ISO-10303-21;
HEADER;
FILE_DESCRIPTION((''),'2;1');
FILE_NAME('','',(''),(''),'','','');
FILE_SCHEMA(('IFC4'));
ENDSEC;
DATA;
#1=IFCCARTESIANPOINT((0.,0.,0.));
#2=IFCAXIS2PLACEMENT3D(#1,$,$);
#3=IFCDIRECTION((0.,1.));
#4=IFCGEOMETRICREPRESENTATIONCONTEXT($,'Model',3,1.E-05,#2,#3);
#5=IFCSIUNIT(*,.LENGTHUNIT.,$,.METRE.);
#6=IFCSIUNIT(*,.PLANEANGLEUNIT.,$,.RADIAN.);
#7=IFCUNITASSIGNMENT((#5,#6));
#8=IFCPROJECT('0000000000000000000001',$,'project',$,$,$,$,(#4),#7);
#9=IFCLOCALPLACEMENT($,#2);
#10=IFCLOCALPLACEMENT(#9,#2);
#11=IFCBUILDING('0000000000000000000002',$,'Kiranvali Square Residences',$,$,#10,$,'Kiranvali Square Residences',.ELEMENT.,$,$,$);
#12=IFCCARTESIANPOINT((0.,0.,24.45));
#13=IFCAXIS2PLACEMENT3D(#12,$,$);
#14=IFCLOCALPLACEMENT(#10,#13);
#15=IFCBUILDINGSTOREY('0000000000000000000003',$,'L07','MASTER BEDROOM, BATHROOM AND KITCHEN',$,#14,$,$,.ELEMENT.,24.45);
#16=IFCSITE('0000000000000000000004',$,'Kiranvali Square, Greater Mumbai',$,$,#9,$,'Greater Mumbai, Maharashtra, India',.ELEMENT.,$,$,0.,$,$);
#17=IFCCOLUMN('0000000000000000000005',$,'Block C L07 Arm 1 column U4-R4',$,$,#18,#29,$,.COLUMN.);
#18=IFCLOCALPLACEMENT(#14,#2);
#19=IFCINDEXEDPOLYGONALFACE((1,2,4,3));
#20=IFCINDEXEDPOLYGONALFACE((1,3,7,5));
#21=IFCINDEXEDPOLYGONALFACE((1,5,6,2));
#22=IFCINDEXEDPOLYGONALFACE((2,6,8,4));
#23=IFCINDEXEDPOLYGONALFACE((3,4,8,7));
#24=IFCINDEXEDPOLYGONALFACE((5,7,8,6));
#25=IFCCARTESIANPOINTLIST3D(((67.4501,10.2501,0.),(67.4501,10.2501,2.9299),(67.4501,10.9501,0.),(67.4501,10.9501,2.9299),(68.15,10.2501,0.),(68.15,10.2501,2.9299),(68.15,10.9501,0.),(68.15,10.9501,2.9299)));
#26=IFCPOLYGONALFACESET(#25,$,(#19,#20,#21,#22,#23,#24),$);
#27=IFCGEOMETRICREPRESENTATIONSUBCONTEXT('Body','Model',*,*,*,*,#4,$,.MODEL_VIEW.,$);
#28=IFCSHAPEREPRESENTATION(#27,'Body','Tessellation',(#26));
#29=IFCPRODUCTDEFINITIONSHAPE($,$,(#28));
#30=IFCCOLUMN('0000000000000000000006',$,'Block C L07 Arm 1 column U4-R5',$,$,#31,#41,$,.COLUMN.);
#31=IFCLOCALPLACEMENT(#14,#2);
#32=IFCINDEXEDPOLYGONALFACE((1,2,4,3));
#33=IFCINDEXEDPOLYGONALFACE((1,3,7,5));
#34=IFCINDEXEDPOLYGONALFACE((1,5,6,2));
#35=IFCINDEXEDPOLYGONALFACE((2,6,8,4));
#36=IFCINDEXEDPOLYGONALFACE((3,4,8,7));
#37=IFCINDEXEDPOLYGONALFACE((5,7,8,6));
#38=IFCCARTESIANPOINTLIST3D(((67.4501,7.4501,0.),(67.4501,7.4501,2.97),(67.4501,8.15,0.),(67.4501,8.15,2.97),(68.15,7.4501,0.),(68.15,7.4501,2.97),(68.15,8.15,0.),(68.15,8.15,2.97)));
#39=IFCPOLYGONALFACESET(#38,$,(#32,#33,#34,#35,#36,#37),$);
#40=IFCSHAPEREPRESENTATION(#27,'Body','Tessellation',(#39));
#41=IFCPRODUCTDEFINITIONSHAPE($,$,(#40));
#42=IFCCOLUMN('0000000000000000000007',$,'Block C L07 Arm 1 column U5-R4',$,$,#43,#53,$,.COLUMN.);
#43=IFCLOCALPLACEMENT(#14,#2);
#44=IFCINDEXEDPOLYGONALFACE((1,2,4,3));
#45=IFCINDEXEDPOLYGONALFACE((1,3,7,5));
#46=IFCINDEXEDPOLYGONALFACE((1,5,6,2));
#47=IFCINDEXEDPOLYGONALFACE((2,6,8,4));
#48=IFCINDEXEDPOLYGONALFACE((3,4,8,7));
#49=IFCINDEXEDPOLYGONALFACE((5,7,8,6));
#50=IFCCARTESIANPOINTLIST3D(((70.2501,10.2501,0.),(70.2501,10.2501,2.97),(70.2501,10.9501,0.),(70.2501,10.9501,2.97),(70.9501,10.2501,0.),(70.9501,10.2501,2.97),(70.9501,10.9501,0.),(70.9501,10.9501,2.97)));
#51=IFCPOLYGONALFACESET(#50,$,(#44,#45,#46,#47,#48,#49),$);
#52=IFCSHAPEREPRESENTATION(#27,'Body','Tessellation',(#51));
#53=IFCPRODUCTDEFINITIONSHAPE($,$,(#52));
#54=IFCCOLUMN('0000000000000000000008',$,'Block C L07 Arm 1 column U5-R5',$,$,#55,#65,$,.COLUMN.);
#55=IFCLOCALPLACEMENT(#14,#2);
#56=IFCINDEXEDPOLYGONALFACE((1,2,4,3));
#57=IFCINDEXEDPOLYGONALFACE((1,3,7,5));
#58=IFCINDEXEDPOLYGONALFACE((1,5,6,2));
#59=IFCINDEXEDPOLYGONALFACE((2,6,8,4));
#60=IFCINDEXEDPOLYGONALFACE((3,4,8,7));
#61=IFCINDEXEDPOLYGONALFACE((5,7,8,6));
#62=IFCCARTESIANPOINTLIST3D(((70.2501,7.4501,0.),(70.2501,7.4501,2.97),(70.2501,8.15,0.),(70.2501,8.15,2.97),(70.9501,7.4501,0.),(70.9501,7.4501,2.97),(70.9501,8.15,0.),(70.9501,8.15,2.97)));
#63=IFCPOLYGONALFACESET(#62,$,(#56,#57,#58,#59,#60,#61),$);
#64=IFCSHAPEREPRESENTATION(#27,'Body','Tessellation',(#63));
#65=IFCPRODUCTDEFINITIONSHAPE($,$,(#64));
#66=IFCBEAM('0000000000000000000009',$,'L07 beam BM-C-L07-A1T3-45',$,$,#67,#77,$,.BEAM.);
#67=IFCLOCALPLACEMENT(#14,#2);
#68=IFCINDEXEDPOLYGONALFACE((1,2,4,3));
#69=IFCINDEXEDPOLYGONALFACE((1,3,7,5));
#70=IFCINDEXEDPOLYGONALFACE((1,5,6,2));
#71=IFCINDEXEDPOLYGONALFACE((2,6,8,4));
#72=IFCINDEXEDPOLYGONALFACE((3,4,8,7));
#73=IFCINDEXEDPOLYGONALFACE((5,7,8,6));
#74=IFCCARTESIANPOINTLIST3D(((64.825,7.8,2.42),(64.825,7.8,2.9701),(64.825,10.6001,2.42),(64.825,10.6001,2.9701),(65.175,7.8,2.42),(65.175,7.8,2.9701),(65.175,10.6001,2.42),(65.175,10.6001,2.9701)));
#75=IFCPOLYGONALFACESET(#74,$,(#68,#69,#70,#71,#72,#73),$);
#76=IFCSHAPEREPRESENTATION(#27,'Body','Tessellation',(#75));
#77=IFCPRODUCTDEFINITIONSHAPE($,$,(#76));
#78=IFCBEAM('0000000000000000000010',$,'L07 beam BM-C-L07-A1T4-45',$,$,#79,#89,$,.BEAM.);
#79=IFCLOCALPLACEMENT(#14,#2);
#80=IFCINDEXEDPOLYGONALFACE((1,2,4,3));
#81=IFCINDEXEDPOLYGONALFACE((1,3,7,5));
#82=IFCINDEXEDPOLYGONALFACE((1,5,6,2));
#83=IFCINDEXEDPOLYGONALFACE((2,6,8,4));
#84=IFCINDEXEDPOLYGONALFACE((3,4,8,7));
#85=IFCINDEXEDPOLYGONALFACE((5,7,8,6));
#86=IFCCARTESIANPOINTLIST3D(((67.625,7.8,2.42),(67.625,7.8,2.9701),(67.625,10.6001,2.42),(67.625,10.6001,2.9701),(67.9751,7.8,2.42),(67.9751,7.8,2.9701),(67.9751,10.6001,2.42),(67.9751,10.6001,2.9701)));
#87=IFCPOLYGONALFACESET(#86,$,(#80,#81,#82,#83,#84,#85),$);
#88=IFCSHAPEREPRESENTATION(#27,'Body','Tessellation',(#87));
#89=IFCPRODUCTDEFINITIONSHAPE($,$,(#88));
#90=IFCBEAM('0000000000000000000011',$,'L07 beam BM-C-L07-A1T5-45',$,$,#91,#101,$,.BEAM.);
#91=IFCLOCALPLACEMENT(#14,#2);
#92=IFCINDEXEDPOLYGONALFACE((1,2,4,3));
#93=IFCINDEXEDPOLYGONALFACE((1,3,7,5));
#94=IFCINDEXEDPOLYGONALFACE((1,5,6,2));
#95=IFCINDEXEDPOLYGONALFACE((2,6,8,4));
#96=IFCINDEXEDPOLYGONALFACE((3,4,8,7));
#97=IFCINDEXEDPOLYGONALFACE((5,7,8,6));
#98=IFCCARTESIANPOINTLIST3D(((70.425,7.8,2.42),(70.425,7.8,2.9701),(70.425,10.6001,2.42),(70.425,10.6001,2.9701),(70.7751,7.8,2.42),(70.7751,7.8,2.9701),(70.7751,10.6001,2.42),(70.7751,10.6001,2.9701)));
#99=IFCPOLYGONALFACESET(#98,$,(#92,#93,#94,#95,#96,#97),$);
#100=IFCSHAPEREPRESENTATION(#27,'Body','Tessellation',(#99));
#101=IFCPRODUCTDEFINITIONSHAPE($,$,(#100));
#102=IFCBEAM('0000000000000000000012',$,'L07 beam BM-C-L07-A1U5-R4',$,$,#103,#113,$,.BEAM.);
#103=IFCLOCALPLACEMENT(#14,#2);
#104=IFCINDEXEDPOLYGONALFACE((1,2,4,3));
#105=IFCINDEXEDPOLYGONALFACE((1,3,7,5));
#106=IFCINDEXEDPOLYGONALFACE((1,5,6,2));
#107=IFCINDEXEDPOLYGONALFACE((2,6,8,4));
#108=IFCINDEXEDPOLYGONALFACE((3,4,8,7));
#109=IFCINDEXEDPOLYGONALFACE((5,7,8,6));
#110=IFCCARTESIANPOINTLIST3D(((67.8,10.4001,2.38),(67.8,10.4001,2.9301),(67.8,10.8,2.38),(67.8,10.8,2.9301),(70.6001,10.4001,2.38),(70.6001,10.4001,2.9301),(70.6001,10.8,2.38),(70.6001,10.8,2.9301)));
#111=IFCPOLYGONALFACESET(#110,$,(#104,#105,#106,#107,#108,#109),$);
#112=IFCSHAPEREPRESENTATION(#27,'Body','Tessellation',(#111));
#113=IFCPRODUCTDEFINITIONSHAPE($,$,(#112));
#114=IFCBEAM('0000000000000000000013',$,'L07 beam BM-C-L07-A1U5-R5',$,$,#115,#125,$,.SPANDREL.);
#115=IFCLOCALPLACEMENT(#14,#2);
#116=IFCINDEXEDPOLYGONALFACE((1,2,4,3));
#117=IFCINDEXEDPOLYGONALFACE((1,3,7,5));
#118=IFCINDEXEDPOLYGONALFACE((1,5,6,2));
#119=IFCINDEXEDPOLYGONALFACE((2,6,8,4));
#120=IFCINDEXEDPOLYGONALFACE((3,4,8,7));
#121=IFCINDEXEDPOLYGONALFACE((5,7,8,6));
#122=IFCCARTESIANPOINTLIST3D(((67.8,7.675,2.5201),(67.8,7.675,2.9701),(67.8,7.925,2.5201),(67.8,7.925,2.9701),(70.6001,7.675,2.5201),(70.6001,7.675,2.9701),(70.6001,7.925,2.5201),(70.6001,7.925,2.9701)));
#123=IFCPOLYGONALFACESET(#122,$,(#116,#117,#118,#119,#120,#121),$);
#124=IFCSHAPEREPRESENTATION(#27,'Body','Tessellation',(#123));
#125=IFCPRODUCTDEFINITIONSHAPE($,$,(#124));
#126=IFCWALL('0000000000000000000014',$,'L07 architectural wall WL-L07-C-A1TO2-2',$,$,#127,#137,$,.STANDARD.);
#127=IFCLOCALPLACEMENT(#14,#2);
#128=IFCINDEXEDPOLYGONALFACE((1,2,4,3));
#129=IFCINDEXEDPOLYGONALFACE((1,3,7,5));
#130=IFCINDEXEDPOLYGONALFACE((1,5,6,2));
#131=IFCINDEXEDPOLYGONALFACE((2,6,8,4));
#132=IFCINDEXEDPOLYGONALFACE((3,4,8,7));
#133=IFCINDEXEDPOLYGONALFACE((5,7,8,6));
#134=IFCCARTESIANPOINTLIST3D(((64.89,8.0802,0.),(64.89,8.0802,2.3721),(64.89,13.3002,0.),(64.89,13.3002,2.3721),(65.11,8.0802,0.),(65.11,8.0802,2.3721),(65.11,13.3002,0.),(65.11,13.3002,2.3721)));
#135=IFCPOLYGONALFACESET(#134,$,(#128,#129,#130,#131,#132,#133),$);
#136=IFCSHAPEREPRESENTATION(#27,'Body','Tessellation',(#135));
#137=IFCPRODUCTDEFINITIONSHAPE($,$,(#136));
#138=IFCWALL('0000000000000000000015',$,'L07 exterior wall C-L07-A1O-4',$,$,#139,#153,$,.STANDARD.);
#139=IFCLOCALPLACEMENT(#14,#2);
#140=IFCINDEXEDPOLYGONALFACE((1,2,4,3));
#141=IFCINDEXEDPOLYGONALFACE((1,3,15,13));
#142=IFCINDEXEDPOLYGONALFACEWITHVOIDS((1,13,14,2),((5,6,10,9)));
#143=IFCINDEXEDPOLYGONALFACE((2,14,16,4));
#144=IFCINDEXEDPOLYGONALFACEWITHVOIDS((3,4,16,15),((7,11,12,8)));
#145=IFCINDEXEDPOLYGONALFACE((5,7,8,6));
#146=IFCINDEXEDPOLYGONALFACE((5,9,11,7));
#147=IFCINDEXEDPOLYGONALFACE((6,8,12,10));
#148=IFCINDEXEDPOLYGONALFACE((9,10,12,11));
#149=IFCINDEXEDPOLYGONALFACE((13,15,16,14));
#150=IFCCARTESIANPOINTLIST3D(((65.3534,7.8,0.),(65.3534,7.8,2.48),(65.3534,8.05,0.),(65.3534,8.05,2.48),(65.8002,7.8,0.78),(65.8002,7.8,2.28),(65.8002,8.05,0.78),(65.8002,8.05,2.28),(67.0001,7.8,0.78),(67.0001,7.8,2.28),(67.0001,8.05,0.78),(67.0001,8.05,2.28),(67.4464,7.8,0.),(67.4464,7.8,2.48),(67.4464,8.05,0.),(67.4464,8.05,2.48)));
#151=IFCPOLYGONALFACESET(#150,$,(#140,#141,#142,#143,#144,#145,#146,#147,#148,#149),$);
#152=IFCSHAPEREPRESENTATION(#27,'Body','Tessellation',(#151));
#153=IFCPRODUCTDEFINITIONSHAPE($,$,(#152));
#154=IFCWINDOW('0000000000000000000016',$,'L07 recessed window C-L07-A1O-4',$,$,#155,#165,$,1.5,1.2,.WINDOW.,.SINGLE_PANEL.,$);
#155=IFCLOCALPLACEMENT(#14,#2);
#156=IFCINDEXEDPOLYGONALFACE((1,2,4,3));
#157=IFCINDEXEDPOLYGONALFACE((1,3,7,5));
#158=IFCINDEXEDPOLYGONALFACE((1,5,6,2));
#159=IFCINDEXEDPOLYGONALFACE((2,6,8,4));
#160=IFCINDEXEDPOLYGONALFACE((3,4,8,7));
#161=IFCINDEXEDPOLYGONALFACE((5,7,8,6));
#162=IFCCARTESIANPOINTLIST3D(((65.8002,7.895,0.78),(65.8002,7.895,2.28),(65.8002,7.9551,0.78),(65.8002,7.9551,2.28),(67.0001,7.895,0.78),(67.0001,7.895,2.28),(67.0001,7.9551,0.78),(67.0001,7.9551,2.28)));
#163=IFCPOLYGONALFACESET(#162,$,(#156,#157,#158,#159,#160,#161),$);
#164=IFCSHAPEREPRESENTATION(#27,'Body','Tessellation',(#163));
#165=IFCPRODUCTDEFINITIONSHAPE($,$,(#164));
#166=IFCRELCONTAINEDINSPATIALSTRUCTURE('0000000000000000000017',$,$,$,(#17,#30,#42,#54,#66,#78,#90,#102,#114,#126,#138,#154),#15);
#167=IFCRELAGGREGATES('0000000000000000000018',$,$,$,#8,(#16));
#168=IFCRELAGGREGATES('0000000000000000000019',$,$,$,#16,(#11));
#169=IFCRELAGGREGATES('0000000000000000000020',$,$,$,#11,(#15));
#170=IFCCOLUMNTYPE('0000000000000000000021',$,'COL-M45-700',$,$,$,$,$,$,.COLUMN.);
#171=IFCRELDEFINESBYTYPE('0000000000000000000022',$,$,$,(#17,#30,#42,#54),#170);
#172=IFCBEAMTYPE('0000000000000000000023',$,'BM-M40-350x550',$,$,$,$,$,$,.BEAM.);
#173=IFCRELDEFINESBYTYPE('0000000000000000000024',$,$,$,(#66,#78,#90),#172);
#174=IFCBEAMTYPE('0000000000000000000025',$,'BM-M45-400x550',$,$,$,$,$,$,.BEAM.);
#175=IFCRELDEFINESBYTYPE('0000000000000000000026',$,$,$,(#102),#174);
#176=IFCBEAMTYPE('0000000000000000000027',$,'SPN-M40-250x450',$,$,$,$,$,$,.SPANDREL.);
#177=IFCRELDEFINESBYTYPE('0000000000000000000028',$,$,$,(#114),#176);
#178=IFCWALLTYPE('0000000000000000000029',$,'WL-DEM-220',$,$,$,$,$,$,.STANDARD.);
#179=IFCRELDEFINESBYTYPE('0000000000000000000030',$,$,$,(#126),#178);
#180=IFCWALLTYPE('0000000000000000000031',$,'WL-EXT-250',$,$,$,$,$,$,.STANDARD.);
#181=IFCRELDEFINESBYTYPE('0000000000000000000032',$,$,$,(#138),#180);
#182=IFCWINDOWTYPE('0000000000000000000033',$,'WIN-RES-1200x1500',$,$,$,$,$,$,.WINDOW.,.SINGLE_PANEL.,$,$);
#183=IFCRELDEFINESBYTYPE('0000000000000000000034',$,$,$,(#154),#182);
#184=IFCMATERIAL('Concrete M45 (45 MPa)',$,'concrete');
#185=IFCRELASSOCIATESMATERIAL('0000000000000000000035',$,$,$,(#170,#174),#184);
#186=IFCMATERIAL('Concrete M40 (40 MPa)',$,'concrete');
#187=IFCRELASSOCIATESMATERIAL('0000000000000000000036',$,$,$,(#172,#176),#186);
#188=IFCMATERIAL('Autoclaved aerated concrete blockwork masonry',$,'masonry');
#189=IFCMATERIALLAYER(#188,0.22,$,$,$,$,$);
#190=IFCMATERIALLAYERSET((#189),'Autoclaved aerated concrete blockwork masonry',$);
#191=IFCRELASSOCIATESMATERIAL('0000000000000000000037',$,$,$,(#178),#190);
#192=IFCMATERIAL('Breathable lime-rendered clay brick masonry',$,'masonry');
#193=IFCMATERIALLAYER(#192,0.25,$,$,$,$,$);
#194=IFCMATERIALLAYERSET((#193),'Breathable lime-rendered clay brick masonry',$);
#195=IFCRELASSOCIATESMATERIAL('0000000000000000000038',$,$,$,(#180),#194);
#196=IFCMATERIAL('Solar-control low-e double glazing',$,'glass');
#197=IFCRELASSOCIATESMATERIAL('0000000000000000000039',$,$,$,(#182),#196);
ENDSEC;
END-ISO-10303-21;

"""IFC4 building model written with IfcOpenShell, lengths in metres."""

from ifc_helpers import new_model, si_unit, direction, frame, frame_2d, origin, origin_2d, place, context, subcontext, project, spatial, rectangle, extrude, material, layer, layer_set, material_profile, profile_set, type_object, element, fill, save


model = new_model("IFC4")

# Units and contexts
model_context = context("Model", 3, precision=1e-05, world=origin(), true_north=direction((0.0, 1.0)))
body_context = subcontext(model_context, "Body", "Model", "MODEL_VIEW")
ifc_project = project(units=[si_unit("LENGTHUNIT", "METRE"), si_unit("PLANEANGLEUNIT", "RADIAN")], contexts=[model_context])

# Site, building, storey
site_placement = place(None, origin())
site = spatial("IfcSite", under=ifc_project, at=site_placement, Name="Kiranvali Square, Greater Mumbai", LongName="Greater Mumbai, Maharashtra, India", CompositionType="ELEMENT", RefElevation=0.0)
building_placement = place(site_placement, origin())
building = spatial("IfcBuilding", under=site, at=building_placement, Name="Kiranvali Square Residences", LongName="Kiranvali Square Residences", CompositionType="ELEMENT")
storey_placement = place(building_placement, frame((0.0, 0.0, 24.45)))
storey = spatial("IfcBuildingStorey", under=building, at=storey_placement, Name="L07", Description="MASTER BEDROOM, BATHROOM AND KITCHEN", CompositionType="ELEMENT", Elevation=24.45)

# Columns
ifc_material_1 = material(Name="Concrete M45 (45 MPa)", Category="concrete")
ifc_material_profile_1 = material_profile(ifc_material_1, rectangle(XDim=0.7, YDim=0.7, at=origin_2d()), Name="RC 700x700")
ifc_profile_set_1 = profile_set([ifc_material_profile_1], Name="Concrete M45 (45 MPa)")
column_type = type_object("IfcColumnType", Name="COL-M45-700", PredefinedType="COLUMN", material=ifc_profile_set_1)
column_placement = place(storey_placement, frame((67.8, 10.6001, 0.0), z_axis=(0.0, 0.0, 1.0), x_axis=(1.0, 0.0, 0.0)))
element("IfcColumn", 1, at=column_placement, inside=storey, type_object=column_type, Name="Block C L07 Arm 1 column U4-R4", PredefinedType="COLUMN", context=body_context, shape_type="SweptSolid", body=[
    extrude(rectangle(XDim=0.7, YDim=0.7, at=origin_2d()), origin(), (0.0, 0.0, 1.0), 2.9299),
])
for number, where, z_axis, x_axis, name in (
    (2, (67.8, 7.8, 0.0), (0.0, 0.0, 1.0), (1.0, 0.0, 0.0), "Block C L07 Arm 1 column U4-R5"),
    (3, (70.6001, 10.6001, 0.0), (0.0, 0.0, 1.0), (1.0, 0.0, 0.0), "Block C L07 Arm 1 column U5-R4"),
    (4, (70.6001, 7.8, 0.0), (0.0, 0.0, 1.0), (1.0, 0.0, 0.0), "Block C L07 Arm 1 column U5-R5"),
):
    element("IfcColumn", number, at=place(storey_placement, frame(where, z_axis=z_axis, x_axis=x_axis)), inside=storey, type_object=column_type, Name=name, PredefinedType="COLUMN", context=body_context, shape_type="SweptSolid", body=[
        extrude(rectangle(XDim=0.7, YDim=0.7, at=origin_2d()), origin(), (0.0, 0.0, 1.0), 2.97),
    ])

# Beams
ifc_material_2 = material(Name="Concrete M40 (40 MPa)", Category="concrete")
ifc_material_profile_2 = material_profile(ifc_material_2, rectangle(XDim=0.3501, YDim=0.55, at=origin_2d()), Name="RC 350x550")
ifc_profile_set_2 = profile_set([ifc_material_profile_2], Name="Concrete M40 (40 MPa)")
beam_type_1 = type_object("IfcBeamType", Name="BM-M40-350x550", PredefinedType="BEAM", material=ifc_profile_set_2)
for number, where, z_axis, x_axis, name in (
    (5, (65.0, 10.6001, 2.6951), (0.0, -1.0, 0.0), (1.0, 0.0, 0.0), "L07 beam BM-C-L07-A1T3-45"),
    (6, (67.8, 10.6001, 2.6951), (0.0, -1.0, 0.0), (1.0, 0.0, 0.0), "L07 beam BM-C-L07-A1T4-45"),
    (7, (70.6001, 10.6001, 2.6951), (0.0, -1.0, 0.0), (1.0, 0.0, 0.0), "L07 beam BM-C-L07-A1T5-45"),
):
    element("IfcBeam", number, at=place(storey_placement, frame(where, z_axis=z_axis, x_axis=x_axis)), inside=storey, type_object=beam_type_1, Name=name, PredefinedType="BEAM", context=body_context, shape_type="SweptSolid", body=[
        extrude(rectangle(XDim=0.3501, YDim=0.55, at=origin_2d()), origin(), (0.0, 0.0, 1.0), 2.8),
    ])
ifc_material_profile_3 = material_profile(ifc_material_1, rectangle(XDim=0.3999, YDim=0.55, at=origin_2d()), Name="RC 400x550")
ifc_profile_set_3 = profile_set([ifc_material_profile_3], Name="Concrete M45 (45 MPa)")
beam_type_2 = type_object("IfcBeamType", Name="BM-M45-400x550", PredefinedType="BEAM", material=ifc_profile_set_3)
beam_1_placement = place(storey_placement, frame((67.8, 10.6001, 2.655), z_axis=(1.0, 0.0, 0.0), x_axis=(0.0, 1.0, 0.0)))
element("IfcBeam", 8, at=beam_1_placement, inside=storey, type_object=beam_type_2, Name="L07 beam BM-C-L07-A1U5-R4", PredefinedType="BEAM", context=body_context, shape_type="SweptSolid", body=[
    extrude(rectangle(XDim=0.3999, YDim=0.55, at=origin_2d()), origin(), (0.0, 0.0, 1.0), 2.8),
])
ifc_material_profile_4 = material_profile(ifc_material_2, rectangle(XDim=0.25, YDim=0.45, at=origin_2d()), Name="RC 250x450")
ifc_profile_set_4 = profile_set([ifc_material_profile_4], Name="Concrete M40 (40 MPa)")
beam_type_3 = type_object("IfcBeamType", Name="SPN-M40-250x450", PredefinedType="SPANDREL", material=ifc_profile_set_4)
beam_2_placement = place(storey_placement, frame((67.8, 7.8, 2.7451), z_axis=(1.0, 0.0, 0.0), x_axis=(0.0, 1.0, 0.0)))
element("IfcBeam", 9, at=beam_2_placement, inside=storey, type_object=beam_type_3, Name="L07 beam BM-C-L07-A1U5-R5", PredefinedType="SPANDREL", context=body_context, shape_type="SweptSolid", body=[
    extrude(rectangle(XDim=0.25, YDim=0.45, at=origin_2d()), origin(), (0.0, 0.0, 1.0), 2.8),
])

# Wall
ifc_material_3 = material(Name="Autoclaved aerated concrete blockwork masonry", Category="masonry")
ifc_layer_1 = layer(ifc_material_3, 0.22)
ifc_layer_set_1 = layer_set([ifc_layer_1], Name="Autoclaved aerated concrete blockwork masonry")
wall_type_1 = type_object("IfcWallType", Name="WL-DEM-220", PredefinedType="STANDARD", material=ifc_layer_set_1)
wall_1_placement = place(storey_placement, frame((65.0, 13.3, 0.0), z_axis=(0.0, 0.0, 1.0), x_axis=(0.0, -1.0, 0.0)))
element("IfcWall", 10, at=wall_1_placement, inside=storey, type_object=wall_type_1, Name="L07 architectural wall WL-L07-C-A1TO2-2", PredefinedType="STANDARD", context=body_context, shape_type="SweptSolid", body=[
    extrude(rectangle(XDim=5.22, YDim=0.22, at=frame_2d((2.6099, 0.0))), origin(), (0.0, 0.0, 1.0), 2.3721),
])

# Wall, opening, window
ifc_material_4 = material(Name="Breathable lime-rendered clay brick masonry", Category="masonry")
ifc_layer_2 = layer(ifc_material_4, 0.25)
ifc_layer_set_2 = layer_set([ifc_layer_2], Name="Breathable lime-rendered clay brick masonry")
wall_type_2 = type_object("IfcWallType", Name="WL-EXT-250", PredefinedType="STANDARD", material=ifc_layer_set_2)
wall_2_placement = place(storey_placement, frame((65.3535, 7.925, 0.0), z_axis=(0.0, 0.0, 1.0), x_axis=(1.0, 0.0, 0.0)))
wall_2 = element("IfcWall", 11, at=wall_2_placement, inside=storey, type_object=wall_type_2, Name="L07 exterior wall C-L07-A1O-4", PredefinedType="STANDARD", context=body_context, shape_type="SweptSolid", body=[
    extrude(rectangle(XDim=2.093, YDim=0.25, at=frame_2d((1.0464, 0.0))), origin(), (0.0, 0.0, 1.0), 2.48),
])
opening_1_placement = place(wall_2_placement, frame((0.4465, 0.0, 0.78)))
opening_1 = element("IfcOpeningElement", 12, at=opening_1_placement, cuts=wall_2, PredefinedType="OPENING", context=body_context, shape_type="SweptSolid", body=[
    extrude(rectangle(XDim=1.2, YDim=1.5, at=frame_2d((0.6001, 0.75))), frame((0.0, 0.135, 0.0), z_axis=(0.0, -1.0, 0.0), x_axis=(1.0, 0.0, 0.0)), (0.0, 0.0, 1.0), 0.27),
])
ifc_material_5 = material(Name="Solar-control low-e double glazing", Category="glass")
window_type = type_object("IfcWindowType", Name="WIN-RES-1200x1500", PartitioningType="SINGLE_PANEL", PredefinedType="WINDOW", material=ifc_material_5)
window_1_placement = place(opening_1_placement, origin())
window_1 = element("IfcWindow", 13, at=window_1_placement, inside=storey, type_object=window_type, Name="L07 recessed window C-L07-A1O-4", OverallHeight=1.5, OverallWidth=1.2, PartitioningType="SINGLE_PANEL", PredefinedType="WINDOW", context=body_context, shape_type="SweptSolid", body=[
    extrude(rectangle(XDim=1.2, YDim=1.5, at=frame_2d((0.6001, 0.75))), frame((0.0, 0.03, 0.0), z_axis=(0.0, -1.0, 0.0), x_axis=(1.0, 0.0, 0.0)), (0.0, 0.0, 1.0), 0.0601),
])
fill(opening_1, window_1)

save(model, "model.ifc")
